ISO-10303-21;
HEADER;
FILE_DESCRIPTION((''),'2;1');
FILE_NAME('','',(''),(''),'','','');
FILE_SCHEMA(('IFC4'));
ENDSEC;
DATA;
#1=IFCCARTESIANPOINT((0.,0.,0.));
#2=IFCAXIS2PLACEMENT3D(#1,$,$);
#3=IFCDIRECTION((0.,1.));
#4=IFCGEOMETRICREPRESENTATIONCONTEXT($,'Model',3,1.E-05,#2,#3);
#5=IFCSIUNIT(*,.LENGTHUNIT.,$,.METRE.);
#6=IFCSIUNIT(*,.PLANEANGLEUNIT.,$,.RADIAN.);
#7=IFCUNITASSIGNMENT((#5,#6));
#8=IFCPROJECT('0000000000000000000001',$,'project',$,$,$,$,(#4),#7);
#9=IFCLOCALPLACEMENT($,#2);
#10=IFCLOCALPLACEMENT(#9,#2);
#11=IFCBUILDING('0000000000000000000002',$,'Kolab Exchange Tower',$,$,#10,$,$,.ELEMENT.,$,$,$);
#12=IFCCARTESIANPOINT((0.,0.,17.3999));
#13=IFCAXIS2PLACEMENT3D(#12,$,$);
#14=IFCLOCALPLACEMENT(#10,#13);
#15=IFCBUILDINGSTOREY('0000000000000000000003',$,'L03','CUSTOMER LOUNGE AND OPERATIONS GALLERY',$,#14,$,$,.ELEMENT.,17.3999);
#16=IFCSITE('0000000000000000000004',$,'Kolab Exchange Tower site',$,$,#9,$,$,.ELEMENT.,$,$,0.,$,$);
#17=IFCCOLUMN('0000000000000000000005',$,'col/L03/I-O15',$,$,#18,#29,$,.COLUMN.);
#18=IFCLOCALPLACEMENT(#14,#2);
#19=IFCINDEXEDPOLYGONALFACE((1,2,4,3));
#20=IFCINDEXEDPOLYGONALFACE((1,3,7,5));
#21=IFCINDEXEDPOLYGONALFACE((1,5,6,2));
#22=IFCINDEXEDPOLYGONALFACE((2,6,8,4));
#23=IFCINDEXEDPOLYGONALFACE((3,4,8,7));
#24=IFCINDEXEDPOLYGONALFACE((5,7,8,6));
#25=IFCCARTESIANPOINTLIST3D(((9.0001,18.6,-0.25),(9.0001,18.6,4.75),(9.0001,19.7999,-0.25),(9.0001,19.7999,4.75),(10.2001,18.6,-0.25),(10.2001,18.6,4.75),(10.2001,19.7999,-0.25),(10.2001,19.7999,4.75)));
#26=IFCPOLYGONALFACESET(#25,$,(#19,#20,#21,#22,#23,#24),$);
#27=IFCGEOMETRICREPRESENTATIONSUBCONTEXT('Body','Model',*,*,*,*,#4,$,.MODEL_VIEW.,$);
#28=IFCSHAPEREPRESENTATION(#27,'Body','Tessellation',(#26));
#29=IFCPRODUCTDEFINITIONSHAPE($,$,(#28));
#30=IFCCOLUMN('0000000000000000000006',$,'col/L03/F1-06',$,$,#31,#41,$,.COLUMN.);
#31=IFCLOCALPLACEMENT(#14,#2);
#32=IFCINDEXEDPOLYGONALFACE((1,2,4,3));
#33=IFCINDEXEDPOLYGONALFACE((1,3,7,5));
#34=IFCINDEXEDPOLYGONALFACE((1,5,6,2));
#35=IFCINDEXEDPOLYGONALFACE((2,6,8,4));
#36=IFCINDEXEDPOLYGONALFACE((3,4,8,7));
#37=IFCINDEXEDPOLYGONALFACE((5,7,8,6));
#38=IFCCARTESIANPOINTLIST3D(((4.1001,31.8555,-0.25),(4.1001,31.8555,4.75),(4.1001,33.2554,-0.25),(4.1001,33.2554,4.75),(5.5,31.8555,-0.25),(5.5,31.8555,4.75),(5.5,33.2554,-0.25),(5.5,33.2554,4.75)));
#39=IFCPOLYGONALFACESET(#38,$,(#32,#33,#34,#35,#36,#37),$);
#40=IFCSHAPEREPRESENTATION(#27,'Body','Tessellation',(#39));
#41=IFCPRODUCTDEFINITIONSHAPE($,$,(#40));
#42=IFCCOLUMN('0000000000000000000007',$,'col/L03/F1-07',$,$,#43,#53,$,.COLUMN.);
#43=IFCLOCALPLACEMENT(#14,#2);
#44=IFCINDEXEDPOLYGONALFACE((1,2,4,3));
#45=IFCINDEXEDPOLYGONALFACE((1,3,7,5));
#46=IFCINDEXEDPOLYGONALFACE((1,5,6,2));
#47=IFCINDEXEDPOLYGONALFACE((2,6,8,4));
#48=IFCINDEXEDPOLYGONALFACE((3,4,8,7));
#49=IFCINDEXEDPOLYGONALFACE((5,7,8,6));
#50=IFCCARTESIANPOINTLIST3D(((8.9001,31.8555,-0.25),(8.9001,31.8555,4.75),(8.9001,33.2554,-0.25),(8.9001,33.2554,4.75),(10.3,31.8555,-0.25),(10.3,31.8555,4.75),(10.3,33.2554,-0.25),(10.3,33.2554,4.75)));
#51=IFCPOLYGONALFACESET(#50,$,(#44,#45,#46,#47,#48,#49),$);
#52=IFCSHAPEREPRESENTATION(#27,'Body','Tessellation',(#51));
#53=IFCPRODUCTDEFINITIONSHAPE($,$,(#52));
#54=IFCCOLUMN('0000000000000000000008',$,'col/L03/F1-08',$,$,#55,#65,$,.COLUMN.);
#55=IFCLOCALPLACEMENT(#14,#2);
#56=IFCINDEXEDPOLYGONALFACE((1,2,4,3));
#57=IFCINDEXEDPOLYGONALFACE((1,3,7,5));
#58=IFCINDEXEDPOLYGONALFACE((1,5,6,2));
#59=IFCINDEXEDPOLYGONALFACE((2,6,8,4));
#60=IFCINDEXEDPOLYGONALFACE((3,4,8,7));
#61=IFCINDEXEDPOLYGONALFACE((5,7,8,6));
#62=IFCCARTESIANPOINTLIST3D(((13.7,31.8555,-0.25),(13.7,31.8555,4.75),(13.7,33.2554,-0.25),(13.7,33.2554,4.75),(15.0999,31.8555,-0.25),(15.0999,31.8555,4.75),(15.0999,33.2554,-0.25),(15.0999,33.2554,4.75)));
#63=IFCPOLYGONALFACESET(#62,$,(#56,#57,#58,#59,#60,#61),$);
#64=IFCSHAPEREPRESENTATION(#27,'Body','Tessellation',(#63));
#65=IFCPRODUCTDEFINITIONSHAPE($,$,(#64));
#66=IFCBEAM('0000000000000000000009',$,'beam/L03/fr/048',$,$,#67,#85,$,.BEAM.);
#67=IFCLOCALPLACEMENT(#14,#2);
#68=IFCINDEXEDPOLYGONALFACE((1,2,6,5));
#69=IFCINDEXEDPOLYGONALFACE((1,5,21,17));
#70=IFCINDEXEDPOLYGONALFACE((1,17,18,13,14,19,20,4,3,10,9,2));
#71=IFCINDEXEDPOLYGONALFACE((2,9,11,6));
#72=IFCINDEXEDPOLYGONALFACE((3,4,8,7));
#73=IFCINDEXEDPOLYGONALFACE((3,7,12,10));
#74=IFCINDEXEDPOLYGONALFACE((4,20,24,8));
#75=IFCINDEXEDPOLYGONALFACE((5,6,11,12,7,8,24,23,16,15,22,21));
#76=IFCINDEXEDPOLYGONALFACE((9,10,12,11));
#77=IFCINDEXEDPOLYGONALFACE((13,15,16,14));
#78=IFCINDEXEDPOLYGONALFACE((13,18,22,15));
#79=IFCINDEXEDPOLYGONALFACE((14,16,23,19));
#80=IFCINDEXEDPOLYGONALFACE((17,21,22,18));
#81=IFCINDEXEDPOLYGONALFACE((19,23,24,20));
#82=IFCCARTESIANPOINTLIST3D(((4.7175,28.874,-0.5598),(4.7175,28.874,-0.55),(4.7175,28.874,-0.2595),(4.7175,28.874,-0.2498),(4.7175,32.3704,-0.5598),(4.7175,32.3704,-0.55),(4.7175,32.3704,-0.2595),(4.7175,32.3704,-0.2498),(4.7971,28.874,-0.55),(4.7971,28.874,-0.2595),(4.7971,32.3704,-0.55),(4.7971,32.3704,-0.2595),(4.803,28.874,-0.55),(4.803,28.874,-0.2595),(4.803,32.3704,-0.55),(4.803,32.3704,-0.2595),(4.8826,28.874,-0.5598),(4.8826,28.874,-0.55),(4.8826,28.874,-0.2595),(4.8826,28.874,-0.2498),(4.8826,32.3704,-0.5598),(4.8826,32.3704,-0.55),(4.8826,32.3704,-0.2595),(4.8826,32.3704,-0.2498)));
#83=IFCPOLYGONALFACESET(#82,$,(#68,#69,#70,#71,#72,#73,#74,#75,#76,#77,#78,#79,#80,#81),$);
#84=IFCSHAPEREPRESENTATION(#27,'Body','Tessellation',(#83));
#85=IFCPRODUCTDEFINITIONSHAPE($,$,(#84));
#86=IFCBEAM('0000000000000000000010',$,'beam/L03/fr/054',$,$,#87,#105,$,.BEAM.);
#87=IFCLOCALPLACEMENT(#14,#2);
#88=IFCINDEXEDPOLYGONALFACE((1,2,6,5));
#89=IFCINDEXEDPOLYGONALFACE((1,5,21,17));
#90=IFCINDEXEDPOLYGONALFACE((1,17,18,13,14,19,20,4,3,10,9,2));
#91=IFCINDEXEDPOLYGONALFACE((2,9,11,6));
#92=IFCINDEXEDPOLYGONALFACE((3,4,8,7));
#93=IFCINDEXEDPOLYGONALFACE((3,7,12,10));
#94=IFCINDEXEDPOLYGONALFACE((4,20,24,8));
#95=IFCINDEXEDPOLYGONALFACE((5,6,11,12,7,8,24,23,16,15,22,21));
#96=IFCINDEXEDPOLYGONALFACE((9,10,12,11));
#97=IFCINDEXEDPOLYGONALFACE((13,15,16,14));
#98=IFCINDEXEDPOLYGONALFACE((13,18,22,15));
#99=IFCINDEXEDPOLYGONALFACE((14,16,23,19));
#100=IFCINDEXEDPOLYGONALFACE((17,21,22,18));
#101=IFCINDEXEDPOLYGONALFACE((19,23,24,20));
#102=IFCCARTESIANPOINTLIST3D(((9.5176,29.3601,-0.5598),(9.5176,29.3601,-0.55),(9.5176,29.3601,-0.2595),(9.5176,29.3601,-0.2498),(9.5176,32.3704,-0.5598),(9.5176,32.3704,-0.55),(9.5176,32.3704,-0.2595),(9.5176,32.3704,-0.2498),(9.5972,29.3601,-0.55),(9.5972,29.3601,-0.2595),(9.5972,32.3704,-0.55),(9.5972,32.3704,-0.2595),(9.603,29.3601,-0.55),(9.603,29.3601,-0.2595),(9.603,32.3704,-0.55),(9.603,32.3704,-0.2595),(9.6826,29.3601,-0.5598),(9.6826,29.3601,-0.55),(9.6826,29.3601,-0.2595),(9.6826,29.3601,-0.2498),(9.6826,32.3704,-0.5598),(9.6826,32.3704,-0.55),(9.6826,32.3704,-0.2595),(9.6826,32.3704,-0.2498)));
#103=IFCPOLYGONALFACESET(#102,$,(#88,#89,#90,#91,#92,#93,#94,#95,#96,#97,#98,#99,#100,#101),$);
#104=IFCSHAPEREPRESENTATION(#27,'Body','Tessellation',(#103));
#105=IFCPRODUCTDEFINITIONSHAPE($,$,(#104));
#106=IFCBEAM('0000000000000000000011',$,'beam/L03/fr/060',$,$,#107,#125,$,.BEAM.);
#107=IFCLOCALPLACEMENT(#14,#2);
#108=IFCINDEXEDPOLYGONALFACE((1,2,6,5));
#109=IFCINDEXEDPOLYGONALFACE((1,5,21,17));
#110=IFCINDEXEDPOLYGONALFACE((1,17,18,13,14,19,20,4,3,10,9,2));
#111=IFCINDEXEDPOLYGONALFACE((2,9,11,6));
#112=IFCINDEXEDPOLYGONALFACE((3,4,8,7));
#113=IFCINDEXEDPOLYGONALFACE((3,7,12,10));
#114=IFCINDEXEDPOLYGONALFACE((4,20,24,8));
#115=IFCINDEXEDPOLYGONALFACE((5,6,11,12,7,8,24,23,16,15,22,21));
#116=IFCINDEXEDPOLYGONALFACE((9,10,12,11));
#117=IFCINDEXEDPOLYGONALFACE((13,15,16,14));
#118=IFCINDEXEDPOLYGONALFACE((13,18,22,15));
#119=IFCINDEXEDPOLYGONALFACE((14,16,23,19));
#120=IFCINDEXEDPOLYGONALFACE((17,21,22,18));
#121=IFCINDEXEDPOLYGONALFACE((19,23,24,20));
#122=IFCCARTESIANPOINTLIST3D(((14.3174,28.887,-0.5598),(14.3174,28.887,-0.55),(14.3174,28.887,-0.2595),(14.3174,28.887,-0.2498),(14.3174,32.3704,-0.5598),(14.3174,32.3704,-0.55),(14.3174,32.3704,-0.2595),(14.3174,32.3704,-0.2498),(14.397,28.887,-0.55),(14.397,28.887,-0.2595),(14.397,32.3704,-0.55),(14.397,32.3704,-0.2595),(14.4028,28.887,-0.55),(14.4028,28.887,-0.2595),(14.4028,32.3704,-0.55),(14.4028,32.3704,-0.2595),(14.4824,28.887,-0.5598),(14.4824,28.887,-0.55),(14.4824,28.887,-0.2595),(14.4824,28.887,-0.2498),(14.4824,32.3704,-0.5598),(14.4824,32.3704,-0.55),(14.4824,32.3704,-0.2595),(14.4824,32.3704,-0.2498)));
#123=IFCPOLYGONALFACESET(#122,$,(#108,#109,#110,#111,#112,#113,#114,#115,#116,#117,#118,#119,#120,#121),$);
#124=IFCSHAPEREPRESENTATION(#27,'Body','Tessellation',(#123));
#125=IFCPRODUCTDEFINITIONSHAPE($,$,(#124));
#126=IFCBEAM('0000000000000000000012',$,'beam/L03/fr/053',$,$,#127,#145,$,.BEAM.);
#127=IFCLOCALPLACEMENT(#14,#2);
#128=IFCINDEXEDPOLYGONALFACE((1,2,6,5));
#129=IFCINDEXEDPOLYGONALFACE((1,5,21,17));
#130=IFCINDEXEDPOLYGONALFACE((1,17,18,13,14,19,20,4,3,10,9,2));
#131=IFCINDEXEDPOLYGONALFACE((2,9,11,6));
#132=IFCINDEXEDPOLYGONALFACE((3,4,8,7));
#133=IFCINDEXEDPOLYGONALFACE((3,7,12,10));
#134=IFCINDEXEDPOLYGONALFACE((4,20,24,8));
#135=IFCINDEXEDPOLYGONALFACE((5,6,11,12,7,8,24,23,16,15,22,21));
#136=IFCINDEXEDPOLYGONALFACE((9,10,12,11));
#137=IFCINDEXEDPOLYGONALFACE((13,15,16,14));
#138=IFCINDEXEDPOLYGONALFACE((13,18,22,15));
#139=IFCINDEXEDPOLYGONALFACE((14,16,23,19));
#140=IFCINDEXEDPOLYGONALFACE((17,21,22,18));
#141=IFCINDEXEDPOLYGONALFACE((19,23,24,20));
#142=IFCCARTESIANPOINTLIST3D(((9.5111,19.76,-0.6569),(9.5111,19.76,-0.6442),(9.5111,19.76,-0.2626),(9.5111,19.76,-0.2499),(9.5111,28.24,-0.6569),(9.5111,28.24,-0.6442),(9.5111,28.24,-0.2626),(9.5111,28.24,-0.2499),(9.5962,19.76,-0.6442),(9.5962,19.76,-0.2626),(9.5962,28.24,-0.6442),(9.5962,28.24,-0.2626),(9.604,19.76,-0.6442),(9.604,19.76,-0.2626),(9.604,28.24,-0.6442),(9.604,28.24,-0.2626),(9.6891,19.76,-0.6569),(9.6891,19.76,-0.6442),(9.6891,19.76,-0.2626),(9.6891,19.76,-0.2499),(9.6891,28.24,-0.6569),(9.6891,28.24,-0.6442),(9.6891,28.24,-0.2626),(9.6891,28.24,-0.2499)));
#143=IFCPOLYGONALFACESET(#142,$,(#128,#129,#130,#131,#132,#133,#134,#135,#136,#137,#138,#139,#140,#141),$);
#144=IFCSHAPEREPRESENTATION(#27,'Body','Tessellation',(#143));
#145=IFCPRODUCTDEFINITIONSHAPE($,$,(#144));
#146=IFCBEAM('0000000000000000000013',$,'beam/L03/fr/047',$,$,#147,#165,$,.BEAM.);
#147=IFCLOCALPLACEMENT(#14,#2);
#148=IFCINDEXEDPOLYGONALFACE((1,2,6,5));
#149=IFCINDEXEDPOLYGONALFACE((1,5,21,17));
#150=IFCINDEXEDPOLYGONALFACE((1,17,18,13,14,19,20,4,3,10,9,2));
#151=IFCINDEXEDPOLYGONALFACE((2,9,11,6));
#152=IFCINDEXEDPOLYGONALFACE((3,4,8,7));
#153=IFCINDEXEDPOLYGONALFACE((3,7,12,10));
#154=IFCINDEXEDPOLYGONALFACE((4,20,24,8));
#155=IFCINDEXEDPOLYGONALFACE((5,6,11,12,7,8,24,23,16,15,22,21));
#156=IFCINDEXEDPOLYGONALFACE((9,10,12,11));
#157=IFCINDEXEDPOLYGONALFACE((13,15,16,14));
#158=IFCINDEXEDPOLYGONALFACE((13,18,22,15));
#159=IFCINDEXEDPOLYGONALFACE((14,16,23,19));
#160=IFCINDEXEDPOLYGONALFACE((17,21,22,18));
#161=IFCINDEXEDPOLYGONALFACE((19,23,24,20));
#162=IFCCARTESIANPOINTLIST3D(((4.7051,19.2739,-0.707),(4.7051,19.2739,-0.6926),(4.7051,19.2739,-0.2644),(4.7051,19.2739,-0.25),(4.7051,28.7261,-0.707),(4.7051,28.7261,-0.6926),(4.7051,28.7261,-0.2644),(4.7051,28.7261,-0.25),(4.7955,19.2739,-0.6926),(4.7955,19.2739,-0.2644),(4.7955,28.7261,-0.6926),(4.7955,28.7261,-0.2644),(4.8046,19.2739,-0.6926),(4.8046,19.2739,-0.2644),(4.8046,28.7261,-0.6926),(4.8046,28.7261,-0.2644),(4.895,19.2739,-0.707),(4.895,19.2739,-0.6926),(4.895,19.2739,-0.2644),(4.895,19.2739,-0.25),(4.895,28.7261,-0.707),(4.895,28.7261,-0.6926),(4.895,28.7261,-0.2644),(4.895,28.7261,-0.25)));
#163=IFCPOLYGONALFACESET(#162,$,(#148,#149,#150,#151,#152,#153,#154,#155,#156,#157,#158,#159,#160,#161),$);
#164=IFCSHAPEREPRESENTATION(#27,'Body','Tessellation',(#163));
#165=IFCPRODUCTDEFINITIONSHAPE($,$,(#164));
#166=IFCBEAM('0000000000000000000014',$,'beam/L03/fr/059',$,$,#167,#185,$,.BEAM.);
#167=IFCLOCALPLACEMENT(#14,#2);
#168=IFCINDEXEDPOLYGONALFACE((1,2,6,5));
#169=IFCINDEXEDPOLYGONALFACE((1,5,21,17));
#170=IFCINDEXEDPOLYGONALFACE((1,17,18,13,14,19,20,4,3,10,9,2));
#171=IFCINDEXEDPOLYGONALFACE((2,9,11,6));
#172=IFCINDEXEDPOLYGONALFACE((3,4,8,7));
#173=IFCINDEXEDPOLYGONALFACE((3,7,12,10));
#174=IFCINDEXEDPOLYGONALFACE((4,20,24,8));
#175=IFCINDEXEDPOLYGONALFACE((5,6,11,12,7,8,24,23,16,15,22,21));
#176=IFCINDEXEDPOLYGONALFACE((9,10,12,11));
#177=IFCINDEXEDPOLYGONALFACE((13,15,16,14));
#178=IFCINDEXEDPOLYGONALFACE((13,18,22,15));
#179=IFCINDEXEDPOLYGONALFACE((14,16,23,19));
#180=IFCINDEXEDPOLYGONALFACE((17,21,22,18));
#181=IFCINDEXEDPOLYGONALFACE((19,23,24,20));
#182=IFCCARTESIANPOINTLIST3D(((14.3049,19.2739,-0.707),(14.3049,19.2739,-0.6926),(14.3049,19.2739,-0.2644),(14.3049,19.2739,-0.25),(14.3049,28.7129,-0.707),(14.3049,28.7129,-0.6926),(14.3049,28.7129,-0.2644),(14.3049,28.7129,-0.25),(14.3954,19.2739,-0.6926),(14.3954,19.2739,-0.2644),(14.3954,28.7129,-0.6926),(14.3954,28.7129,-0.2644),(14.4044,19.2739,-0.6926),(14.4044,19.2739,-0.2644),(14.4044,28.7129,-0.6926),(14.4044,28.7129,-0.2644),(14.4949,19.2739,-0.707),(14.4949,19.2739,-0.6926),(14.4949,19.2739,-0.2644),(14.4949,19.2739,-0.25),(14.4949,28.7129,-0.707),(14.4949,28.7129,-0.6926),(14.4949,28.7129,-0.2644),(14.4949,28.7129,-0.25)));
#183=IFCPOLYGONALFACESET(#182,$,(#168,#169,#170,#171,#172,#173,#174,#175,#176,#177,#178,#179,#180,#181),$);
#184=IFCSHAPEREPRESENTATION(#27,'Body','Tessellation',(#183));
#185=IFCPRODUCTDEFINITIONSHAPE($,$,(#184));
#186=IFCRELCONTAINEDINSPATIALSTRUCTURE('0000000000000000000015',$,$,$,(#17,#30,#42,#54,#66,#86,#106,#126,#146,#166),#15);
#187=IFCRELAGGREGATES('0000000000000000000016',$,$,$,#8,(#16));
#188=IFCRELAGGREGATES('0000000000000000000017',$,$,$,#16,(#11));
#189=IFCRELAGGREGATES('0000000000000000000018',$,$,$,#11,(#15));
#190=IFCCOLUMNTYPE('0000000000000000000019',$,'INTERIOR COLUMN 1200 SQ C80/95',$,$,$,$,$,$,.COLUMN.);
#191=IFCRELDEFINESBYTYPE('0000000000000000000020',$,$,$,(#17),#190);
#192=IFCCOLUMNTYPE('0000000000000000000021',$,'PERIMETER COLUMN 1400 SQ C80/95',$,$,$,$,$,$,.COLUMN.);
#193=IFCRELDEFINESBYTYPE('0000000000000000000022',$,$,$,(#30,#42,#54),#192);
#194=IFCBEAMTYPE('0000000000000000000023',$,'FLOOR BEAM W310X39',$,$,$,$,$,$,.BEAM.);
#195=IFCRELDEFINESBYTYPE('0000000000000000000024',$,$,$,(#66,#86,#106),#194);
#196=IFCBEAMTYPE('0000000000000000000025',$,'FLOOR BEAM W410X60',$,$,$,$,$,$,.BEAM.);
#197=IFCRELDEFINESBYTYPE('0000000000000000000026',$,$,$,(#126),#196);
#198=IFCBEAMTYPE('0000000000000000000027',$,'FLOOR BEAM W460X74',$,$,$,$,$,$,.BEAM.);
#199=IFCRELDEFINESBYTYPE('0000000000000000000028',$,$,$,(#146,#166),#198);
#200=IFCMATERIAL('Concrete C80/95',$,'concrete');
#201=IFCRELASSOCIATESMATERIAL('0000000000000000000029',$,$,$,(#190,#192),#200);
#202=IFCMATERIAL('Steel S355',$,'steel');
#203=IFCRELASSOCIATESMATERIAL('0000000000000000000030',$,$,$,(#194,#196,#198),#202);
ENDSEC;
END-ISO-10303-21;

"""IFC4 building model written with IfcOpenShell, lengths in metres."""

from ifc_helpers import new_model, si_unit, direction, frame, origin, origin_2d, place, context, subcontext, project, spatial, rectangle, i_section, extrude, material, material_profile, profile_set, type_object, element, save


model = new_model("IFC4")

# Units and contexts
model_context = context("Model", 3, precision=1e-05, world=origin(), true_north=direction((0.0, 1.0)))
body_context = subcontext(model_context, "Body", "Model", "MODEL_VIEW")
ifc_project = project(units=[si_unit("LENGTHUNIT", "METRE"), si_unit("PLANEANGLEUNIT", "RADIAN")], contexts=[model_context])

# Site, building, storey
site_placement = place(None, origin())
site = spatial("IfcSite", under=ifc_project, at=site_placement, Name="Kolab Exchange Tower site", CompositionType="ELEMENT", RefElevation=0.0)
building_placement = place(site_placement, origin())
building = spatial("IfcBuilding", under=site, at=building_placement, Name="Kolab Exchange Tower", CompositionType="ELEMENT")
storey_placement = place(building_placement, frame((0.0, 0.0, 17.3999)))
storey = spatial("IfcBuildingStorey", under=building, at=storey_placement, Name="L03", Description="CUSTOMER LOUNGE AND OPERATIONS GALLERY", CompositionType="ELEMENT", Elevation=17.3999)

# Columns
ifc_material_1 = material(Name="Concrete C80/95", Category="concrete")
ifc_material_profile_1 = material_profile(ifc_material_1, rectangle(XDim=1.2, YDim=1.2, at=origin_2d()), Name="RC1200")
ifc_profile_set_1 = profile_set([ifc_material_profile_1], Name="Concrete C80/95")
column_type_1 = type_object("IfcColumnType", Name="INTERIOR COLUMN 1200 SQ C80/95", PredefinedType="COLUMN", material=ifc_profile_set_1)
column_placement = place(storey_placement, frame((9.6001, 19.2, -0.25), z_axis=(0.0, 0.0, 1.0), x_axis=(1.0, 0.0, 0.0)))
element("IfcColumn", 1, at=column_placement, inside=storey, type_object=column_type_1, Name="col/L03/I-O15", PredefinedType="COLUMN", context=body_context, shape_type="SweptSolid", body=[
    extrude(rectangle(XDim=1.2, YDim=1.2, at=origin_2d()), origin(), (0.0, 0.0, 1.0), 5.0),
])
ifc_material_profile_2 = material_profile(ifc_material_1, rectangle(XDim=1.3999, YDim=1.3999, at=origin_2d()), Name="RC1400")
ifc_profile_set_2 = profile_set([ifc_material_profile_2], Name="Concrete C80/95")
column_type_2 = type_object("IfcColumnType", Name="PERIMETER COLUMN 1400 SQ C80/95", PredefinedType="COLUMN", material=ifc_profile_set_2)
for number, where, z_axis, x_axis, name in (
    (2, (4.8, 32.5554, -0.25), (0.0, 0.0, 1.0), (1.0, 0.0, 0.0), "col/L03/F1-06"),
    (3, (9.6001, 32.5554, -0.25), (0.0, 0.0, 1.0), (1.0, 0.0, 0.0), "col/L03/F1-07"),
    (4, (14.3999, 32.5554, -0.25), (0.0, 0.0, 1.0), (1.0, 0.0, 0.0), "col/L03/F1-08"),
):
    element("IfcColumn", number, at=place(storey_placement, frame(where, z_axis=z_axis, x_axis=x_axis)), inside=storey, type_object=column_type_2, Name=name, PredefinedType="COLUMN", context=body_context, shape_type="SweptSolid", body=[
        extrude(rectangle(XDim=1.3999, YDim=1.3999, at=origin_2d()), origin(), (0.0, 0.0, 1.0), 5.0),
    ])

# Beams
ifc_material_2 = material(Name="Steel S355", Category="steel")
ifc_material_profile_3 = material_profile(ifc_material_2, i_section(OverallWidth=0.165, OverallDepth=0.3101, WebThickness=0.0059, FlangeThickness=0.0098, at=origin_2d()), Name="W310X39")
ifc_profile_set_3 = profile_set([ifc_material_profile_3], Name="Steel S355")
beam_type_1 = type_object("IfcBeamType", Name="FLOOR BEAM W310X39", PredefinedType="BEAM", material=ifc_profile_set_3)
beam_1_placement = place(storey_placement, frame((4.8, 28.874, -0.4048), z_axis=(0.0, 1.0, 0.0), x_axis=(-1.0, 0.0, 0.0)))
element("IfcBeam", 5, at=beam_1_placement, inside=storey, type_object=beam_type_1, Name="beam/L03/fr/048", PredefinedType="BEAM", context=body_context, shape_type="SweptSolid", body=[
    extrude(i_section(OverallWidth=0.165, OverallDepth=0.3101, WebThickness=0.0059, FlangeThickness=0.0098, at=origin_2d()), origin(), (0.0, 0.0, 1.0), 3.4963),
])
beam_2_placement = place(storey_placement, frame((9.6001, 29.3601, -0.4048), z_axis=(0.0, 1.0, 0.0), x_axis=(-1.0, 0.0, 0.0)))
element("IfcBeam", 6, at=beam_2_placement, inside=storey, type_object=beam_type_1, Name="beam/L03/fr/054", PredefinedType="BEAM", context=body_context, shape_type="SweptSolid", body=[
    extrude(i_section(OverallWidth=0.165, OverallDepth=0.3101, WebThickness=0.0059, FlangeThickness=0.0098, at=origin_2d()), origin(), (0.0, 0.0, 1.0), 3.0103),
])
beam_3_placement = place(storey_placement, frame((14.3999, 28.887, -0.4048), z_axis=(0.0, 1.0, 0.0), x_axis=(-1.0, 0.0, 0.0)))
element("IfcBeam", 7, at=beam_3_placement, inside=storey, type_object=beam_type_1, Name="beam/L03/fr/060", PredefinedType="BEAM", context=body_context, shape_type="SweptSolid", body=[
    extrude(i_section(OverallWidth=0.165, OverallDepth=0.3101, WebThickness=0.0059, FlangeThickness=0.0098, at=origin_2d()), origin(), (0.0, 0.0, 1.0), 3.4834),
])
ifc_material_profile_4 = material_profile(ifc_material_2, i_section(OverallWidth=0.178, OverallDepth=0.407, WebThickness=0.0078, FlangeThickness=0.0127, at=origin_2d()), Name="W410X60")
ifc_profile_set_4 = profile_set([ifc_material_profile_4], Name="Steel S355")
beam_type_2 = type_object("IfcBeamType", Name="FLOOR BEAM W410X60", PredefinedType="BEAM", material=ifc_profile_set_4)
beam_4_placement = place(storey_placement, frame((9.6001, 19.76, -0.4534), z_axis=(0.0, 1.0, 0.0), x_axis=(-1.0, 0.0, 0.0)))
element("IfcBeam", 8, at=beam_4_placement, inside=storey, type_object=beam_type_2, Name="beam/L03/fr/053", PredefinedType="BEAM", context=body_context, shape_type="SweptSolid", body=[
    extrude(i_section(OverallWidth=0.178, OverallDepth=0.407, WebThickness=0.0078, FlangeThickness=0.0127, at=origin_2d()), origin(), (0.0, 0.0, 1.0), 8.48),
])
ifc_material_profile_5 = material_profile(ifc_material_2, i_section(OverallWidth=0.1899, OverallDepth=0.457, WebThickness=0.009, FlangeThickness=0.0144, at=origin_2d()), Name="W460X74")
ifc_profile_set_5 = profile_set([ifc_material_profile_5], Name="Steel S355")
beam_type_3 = type_object("IfcBeamType", Name="FLOOR BEAM W460X74", PredefinedType="BEAM", material=ifc_profile_set_5)
beam_5_placement = place(storey_placement, frame((4.8, 19.2739, -0.4785), z_axis=(0.0, 1.0, 0.0), x_axis=(-1.0, 0.0, 0.0)))
element("IfcBeam", 9, at=beam_5_placement, inside=storey, type_object=beam_type_3, Name="beam/L03/fr/047", PredefinedType="BEAM", context=body_context, shape_type="SweptSolid", body=[
    extrude(i_section(OverallWidth=0.1899, OverallDepth=0.457, WebThickness=0.009, FlangeThickness=0.0144, at=origin_2d()), origin(), (0.0, 0.0, 1.0), 9.4521),
])
beam_6_placement = place(storey_placement, frame((14.3999, 19.2739, -0.4785), z_axis=(0.0, 1.0, 0.0), x_axis=(-1.0, 0.0, 0.0)))
element("IfcBeam", 10, at=beam_6_placement, inside=storey, type_object=beam_type_3, Name="beam/L03/fr/059", PredefinedType="BEAM", context=body_context, shape_type="SweptSolid", body=[
    extrude(i_section(OverallWidth=0.1899, OverallDepth=0.457, WebThickness=0.009, FlangeThickness=0.0144, at=origin_2d()), origin(), (0.0, 0.0, 1.0), 9.439),
])

save(model, "model.ifc")
